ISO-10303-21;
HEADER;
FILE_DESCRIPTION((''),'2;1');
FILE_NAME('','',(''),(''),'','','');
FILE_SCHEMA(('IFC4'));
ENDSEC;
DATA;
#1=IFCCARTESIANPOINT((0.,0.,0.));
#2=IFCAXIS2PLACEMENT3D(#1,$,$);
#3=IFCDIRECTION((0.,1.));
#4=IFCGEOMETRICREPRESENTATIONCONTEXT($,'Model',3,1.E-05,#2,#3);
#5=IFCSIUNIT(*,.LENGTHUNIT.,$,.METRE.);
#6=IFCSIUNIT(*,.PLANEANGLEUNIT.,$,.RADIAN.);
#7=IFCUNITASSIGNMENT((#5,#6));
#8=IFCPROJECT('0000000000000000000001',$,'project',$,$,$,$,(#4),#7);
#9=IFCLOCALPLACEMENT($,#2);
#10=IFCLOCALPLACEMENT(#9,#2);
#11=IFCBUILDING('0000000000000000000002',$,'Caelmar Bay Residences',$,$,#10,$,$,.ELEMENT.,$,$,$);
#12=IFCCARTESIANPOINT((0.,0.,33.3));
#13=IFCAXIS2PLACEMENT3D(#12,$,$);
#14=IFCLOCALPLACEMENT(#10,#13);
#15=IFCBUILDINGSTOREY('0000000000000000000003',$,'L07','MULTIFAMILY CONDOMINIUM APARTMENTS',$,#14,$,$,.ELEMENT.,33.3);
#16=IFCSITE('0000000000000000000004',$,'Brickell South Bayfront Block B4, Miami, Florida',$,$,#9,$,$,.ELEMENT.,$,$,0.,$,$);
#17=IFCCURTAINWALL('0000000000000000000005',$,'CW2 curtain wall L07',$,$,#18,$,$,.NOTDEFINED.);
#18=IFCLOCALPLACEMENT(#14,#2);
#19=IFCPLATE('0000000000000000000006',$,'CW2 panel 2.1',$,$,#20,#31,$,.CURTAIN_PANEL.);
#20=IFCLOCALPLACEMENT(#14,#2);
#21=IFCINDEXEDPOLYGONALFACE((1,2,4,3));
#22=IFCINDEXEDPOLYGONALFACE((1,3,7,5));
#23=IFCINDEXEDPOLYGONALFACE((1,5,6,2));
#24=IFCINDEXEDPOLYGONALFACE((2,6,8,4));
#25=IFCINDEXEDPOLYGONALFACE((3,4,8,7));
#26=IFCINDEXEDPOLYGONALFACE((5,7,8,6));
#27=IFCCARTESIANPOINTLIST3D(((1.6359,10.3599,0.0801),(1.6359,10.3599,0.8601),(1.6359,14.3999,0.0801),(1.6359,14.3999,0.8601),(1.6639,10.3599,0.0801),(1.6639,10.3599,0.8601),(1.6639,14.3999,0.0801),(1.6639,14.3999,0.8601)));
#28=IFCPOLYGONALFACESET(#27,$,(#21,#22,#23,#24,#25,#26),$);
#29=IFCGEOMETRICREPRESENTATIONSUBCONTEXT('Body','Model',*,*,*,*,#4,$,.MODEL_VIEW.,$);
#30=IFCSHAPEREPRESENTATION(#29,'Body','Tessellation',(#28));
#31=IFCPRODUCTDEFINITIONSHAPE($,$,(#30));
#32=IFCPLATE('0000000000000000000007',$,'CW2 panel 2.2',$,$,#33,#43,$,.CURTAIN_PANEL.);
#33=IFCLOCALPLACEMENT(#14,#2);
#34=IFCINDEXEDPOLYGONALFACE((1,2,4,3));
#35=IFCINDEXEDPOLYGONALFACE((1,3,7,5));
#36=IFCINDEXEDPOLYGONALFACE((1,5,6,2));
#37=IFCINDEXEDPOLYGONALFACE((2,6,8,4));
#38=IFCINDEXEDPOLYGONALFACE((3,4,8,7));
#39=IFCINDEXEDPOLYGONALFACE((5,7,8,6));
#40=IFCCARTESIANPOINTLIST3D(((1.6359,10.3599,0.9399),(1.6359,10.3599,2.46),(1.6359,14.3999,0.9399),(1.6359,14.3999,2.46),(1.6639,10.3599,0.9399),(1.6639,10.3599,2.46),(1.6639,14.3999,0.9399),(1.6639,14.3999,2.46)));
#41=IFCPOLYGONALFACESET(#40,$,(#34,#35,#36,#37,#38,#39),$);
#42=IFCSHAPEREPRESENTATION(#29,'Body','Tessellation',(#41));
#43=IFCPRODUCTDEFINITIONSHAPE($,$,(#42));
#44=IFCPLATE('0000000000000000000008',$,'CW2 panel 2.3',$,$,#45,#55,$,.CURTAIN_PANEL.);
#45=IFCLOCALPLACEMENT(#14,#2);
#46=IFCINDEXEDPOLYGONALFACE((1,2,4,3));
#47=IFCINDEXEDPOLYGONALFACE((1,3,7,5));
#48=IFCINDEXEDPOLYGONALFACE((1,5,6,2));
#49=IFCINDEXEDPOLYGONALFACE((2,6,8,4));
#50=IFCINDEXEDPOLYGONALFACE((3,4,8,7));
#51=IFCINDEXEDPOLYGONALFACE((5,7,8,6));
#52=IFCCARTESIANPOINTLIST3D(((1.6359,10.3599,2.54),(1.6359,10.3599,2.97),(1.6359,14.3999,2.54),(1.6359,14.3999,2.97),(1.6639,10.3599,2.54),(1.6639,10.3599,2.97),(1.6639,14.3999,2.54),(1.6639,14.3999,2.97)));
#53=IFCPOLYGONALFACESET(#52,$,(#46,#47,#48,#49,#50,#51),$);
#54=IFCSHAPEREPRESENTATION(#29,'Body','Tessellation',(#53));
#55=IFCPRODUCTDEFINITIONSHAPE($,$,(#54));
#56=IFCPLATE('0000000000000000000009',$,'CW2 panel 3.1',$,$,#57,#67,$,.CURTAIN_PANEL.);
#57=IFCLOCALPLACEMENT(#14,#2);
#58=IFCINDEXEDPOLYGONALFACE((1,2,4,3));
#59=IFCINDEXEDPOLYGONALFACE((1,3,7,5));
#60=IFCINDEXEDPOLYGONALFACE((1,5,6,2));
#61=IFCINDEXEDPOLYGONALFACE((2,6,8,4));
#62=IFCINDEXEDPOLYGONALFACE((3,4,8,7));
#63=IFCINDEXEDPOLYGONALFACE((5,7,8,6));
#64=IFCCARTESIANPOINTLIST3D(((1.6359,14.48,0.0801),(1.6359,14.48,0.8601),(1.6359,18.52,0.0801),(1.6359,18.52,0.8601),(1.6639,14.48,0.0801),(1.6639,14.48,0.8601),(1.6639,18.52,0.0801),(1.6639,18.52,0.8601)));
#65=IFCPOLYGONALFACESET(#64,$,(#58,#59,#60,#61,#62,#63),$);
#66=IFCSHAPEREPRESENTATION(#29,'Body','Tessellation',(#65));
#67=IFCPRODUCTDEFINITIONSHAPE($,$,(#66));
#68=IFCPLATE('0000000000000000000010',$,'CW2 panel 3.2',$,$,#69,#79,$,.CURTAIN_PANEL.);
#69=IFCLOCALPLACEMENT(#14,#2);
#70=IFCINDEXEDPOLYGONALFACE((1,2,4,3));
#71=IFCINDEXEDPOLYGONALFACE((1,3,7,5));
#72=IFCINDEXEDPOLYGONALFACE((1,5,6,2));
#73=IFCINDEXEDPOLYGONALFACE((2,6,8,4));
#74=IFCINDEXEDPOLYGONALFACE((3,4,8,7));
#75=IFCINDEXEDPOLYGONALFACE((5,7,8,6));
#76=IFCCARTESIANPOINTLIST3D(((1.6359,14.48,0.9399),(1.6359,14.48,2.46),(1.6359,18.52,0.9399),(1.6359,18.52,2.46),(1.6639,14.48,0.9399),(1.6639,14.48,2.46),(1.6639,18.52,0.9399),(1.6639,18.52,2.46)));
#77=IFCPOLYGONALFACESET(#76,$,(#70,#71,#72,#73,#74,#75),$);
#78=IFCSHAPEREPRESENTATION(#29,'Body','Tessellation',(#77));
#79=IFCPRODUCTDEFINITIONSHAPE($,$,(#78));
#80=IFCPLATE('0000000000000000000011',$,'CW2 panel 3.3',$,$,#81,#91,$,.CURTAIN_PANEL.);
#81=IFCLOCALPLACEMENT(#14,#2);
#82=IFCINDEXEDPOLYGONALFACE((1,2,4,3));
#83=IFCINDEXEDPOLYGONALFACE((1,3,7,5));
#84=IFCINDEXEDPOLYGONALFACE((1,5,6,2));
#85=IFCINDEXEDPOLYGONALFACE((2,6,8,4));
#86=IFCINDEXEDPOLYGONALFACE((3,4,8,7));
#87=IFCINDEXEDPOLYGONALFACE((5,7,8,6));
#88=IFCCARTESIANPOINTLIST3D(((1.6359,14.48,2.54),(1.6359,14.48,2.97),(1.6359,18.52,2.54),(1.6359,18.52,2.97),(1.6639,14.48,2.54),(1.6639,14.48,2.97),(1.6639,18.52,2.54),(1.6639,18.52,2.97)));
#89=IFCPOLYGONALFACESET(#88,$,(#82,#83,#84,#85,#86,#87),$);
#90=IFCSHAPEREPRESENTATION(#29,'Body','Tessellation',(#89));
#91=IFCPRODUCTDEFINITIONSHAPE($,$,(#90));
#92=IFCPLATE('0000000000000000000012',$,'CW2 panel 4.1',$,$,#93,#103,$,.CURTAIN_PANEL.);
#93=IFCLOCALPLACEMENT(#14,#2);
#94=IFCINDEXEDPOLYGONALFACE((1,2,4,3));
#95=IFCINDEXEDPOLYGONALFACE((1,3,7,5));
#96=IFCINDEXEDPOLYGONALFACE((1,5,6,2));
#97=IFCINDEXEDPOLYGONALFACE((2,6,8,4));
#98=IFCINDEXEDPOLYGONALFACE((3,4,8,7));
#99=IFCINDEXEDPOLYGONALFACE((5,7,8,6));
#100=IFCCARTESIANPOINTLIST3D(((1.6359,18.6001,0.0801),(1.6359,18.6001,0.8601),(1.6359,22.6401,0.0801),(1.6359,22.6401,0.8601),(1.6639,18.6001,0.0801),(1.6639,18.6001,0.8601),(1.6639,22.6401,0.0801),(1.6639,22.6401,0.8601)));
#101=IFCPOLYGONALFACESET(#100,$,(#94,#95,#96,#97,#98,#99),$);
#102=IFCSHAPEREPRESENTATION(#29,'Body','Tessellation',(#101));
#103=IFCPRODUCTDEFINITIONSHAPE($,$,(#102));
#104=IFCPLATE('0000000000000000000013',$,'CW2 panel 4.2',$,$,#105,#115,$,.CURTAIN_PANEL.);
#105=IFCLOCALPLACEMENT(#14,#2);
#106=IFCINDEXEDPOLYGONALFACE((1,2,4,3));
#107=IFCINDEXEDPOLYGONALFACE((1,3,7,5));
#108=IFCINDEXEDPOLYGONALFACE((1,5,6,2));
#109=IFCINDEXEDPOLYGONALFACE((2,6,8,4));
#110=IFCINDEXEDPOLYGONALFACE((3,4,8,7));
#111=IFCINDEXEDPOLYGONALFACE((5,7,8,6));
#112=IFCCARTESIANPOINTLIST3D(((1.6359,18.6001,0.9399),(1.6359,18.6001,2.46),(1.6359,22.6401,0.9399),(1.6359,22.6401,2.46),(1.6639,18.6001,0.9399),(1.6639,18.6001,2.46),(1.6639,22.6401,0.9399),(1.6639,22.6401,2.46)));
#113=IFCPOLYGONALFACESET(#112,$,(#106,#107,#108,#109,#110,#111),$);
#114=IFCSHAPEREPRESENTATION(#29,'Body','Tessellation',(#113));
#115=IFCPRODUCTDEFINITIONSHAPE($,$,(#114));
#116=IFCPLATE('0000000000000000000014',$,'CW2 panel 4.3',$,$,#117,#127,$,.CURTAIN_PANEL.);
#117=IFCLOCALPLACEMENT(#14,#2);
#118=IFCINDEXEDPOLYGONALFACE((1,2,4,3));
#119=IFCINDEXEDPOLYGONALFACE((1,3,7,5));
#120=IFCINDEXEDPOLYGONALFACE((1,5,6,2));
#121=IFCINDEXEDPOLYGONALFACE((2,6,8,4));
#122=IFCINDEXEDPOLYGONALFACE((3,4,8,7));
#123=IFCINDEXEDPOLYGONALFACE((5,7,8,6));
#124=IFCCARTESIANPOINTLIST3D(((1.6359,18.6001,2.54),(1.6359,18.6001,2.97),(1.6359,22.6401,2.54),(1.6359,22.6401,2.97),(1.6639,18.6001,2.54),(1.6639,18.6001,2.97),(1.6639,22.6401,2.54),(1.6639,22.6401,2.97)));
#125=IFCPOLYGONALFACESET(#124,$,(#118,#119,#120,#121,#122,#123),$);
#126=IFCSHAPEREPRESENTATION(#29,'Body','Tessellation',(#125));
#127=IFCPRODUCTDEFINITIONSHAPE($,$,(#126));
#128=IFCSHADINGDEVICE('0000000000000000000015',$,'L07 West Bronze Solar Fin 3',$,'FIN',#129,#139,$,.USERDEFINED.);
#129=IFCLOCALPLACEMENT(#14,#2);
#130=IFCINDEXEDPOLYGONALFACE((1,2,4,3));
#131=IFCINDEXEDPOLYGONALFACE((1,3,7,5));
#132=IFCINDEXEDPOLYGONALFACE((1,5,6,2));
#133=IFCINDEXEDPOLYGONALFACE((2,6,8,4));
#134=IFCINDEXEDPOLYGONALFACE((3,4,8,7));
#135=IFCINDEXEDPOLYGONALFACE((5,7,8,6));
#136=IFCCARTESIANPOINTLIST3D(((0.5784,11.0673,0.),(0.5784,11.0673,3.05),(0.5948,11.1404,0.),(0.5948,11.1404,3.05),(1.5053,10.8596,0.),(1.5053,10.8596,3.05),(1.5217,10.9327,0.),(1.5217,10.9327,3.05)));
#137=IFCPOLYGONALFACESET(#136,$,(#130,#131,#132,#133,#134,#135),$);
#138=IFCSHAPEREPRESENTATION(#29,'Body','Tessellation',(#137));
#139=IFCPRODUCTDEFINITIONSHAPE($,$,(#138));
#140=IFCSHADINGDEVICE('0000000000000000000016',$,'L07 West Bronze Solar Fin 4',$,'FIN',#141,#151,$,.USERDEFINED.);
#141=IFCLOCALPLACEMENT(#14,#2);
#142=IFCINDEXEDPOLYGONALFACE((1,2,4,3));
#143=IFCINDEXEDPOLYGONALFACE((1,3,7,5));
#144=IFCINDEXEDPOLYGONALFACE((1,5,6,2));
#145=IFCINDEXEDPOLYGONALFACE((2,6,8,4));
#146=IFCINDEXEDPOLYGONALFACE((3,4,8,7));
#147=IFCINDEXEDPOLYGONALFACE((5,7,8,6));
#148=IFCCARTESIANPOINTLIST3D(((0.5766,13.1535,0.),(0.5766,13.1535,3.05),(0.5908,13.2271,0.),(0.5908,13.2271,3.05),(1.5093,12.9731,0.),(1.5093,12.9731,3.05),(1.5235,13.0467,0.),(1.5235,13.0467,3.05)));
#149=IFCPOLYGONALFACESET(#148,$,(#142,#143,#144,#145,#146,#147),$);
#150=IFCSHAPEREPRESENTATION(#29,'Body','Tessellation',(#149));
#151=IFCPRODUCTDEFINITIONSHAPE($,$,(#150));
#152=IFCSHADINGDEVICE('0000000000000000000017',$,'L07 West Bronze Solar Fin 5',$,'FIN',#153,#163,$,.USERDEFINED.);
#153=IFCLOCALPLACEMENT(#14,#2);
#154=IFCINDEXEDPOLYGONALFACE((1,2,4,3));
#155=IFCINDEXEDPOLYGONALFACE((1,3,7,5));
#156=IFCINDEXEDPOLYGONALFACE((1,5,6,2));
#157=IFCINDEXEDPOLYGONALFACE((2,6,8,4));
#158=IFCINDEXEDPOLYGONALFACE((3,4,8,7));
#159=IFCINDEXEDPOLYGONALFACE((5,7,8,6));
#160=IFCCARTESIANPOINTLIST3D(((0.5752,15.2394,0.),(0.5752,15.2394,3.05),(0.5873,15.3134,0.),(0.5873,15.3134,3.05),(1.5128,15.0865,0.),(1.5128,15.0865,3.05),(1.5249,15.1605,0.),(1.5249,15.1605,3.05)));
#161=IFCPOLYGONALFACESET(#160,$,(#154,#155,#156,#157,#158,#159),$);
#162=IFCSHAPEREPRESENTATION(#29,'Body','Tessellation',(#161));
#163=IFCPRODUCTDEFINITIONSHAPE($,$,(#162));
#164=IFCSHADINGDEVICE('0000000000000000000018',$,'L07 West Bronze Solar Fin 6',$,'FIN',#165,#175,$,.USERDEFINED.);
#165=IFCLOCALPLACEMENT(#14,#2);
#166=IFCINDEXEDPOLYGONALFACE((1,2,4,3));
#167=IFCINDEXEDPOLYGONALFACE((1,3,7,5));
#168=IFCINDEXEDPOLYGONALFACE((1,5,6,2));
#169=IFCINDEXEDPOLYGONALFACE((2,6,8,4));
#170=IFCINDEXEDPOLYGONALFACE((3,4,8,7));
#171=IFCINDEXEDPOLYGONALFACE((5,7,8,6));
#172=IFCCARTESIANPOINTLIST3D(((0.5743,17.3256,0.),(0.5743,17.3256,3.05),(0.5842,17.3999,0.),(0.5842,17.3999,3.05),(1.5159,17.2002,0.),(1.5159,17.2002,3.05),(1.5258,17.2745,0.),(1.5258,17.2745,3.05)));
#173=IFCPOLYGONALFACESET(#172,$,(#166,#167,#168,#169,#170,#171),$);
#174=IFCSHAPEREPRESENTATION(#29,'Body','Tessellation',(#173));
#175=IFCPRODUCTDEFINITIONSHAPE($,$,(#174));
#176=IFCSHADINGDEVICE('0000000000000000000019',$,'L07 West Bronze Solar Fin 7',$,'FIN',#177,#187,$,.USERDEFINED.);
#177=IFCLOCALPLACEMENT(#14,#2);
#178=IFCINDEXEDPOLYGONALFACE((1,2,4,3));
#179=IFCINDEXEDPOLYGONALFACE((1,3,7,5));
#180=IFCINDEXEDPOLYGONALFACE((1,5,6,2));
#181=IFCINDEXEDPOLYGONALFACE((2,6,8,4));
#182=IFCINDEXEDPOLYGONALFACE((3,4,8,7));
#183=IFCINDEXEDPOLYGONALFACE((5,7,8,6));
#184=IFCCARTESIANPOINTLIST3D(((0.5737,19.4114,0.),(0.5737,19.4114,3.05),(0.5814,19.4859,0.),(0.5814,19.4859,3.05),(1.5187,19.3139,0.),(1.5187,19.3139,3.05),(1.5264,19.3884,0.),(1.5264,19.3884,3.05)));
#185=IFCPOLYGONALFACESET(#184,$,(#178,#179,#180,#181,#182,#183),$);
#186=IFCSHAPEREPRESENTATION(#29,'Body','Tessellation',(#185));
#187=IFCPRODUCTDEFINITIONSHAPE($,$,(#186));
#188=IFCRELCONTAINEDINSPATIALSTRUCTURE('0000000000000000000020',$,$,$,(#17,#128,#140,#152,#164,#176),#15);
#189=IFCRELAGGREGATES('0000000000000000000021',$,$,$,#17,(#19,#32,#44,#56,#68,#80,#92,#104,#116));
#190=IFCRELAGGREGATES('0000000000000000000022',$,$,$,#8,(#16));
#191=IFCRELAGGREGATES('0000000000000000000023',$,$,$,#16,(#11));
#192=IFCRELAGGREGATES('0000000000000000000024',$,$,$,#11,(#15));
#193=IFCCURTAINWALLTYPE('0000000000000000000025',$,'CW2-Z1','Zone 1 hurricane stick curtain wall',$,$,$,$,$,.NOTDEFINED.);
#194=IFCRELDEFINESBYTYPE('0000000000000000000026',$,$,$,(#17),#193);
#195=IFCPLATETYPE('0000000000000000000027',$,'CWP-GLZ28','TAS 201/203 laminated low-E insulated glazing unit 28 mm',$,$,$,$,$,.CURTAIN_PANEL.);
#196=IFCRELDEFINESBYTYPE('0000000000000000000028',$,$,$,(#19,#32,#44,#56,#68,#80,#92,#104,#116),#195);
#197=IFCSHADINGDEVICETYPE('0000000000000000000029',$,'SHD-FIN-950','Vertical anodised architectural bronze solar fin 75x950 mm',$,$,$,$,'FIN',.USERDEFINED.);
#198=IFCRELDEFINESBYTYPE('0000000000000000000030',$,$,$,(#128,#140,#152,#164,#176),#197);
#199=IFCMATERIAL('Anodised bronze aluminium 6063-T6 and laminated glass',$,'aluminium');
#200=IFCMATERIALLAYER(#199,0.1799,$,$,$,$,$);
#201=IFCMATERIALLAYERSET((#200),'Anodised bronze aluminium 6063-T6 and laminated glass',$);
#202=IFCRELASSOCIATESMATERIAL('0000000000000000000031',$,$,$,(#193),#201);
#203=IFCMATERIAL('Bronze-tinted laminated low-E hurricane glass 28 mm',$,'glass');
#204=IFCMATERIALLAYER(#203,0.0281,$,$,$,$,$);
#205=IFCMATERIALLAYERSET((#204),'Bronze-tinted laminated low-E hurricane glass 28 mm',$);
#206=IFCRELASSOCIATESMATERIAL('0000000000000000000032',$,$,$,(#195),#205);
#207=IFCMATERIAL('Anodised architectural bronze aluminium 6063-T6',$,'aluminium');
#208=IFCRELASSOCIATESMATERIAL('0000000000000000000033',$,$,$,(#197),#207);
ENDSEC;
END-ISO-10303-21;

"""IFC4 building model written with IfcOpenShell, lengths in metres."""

from ifc_helpers import new_model, si_unit, direction, frame, origin, origin_2d, place, context, subcontext, project, spatial, rectangle, extrude, material, layer, layer_set, material_profile, profile_set, type_object, element, aggregate, save


model = new_model("IFC4")

# Units and contexts
model_context = context("Model", 3, precision=1e-05, world=origin(), true_north=direction((0.0, 1.0)))
body_context = subcontext(model_context, "Body", "Model", "MODEL_VIEW")
ifc_project = project(units=[si_unit("LENGTHUNIT", "METRE"), si_unit("PLANEANGLEUNIT", "RADIAN")], contexts=[model_context])

# Site, building, storey
site_placement = place(None, origin())
site = spatial("IfcSite", under=ifc_project, at=site_placement, Name="Brickell South Bayfront Block B4, Miami, Florida", CompositionType="ELEMENT", RefElevation=0.0)
building_placement = place(site_placement, origin())
building = spatial("IfcBuilding", under=site, at=building_placement, Name="Caelmar Bay Residences", CompositionType="ELEMENT")
storey_placement = place(building_placement, frame((0.0, 0.0, 33.3)))
storey = spatial("IfcBuildingStorey", under=building, at=storey_placement, Name="L07", Description="MULTIFAMILY CONDOMINIUM APARTMENTS", CompositionType="ELEMENT", Elevation=33.3)

# Curtain wall, plates
ifc_material_1 = material(Name="Anodised bronze aluminium 6063-T6 and laminated glass", Category="aluminium")
ifc_layer_1 = layer(ifc_material_1, 0.1799)
ifc_layer_set_1 = layer_set([ifc_layer_1], Name="Anodised bronze aluminium 6063-T6 and laminated glass")
curtain_wall_type = type_object("IfcCurtainWallType", Name="CW2-Z1", Description="Zone 1 hurricane stick curtain wall", PredefinedType="NOTDEFINED", material=ifc_layer_set_1)
curtain_wall_placement = place(storey_placement, origin())
curtain_wall = element("IfcCurtainWall", 1, at=curtain_wall_placement, inside=storey, type_object=curtain_wall_type, Name="CW2 curtain wall L07", PredefinedType="NOTDEFINED")
ifc_material_2 = material(Name="Bronze-tinted laminated low-E hurricane glass 28 mm", Category="glass")
ifc_layer_2 = layer(ifc_material_2, 0.0281)
ifc_layer_set_2 = layer_set([ifc_layer_2], Name="Bronze-tinted laminated low-E hurricane glass 28 mm")
plate_type = type_object("IfcPlateType", Name="CWP-GLZ28", Description="TAS 201/203 laminated low-E insulated glazing unit 28 mm", PredefinedType="CURTAIN_PANEL", material=ifc_layer_set_2)
plate_1_placement = place(storey_placement, frame((1.6499, 12.3799, 0.0801), z_axis=(0.0, 0.0, 1.0), x_axis=(0.0, 1.0, 0.0)))
plate_1 = element("IfcPlate", 2, at=plate_1_placement, type_object=plate_type, Name="CW2 panel 2.1", PredefinedType="CURTAIN_PANEL", context=body_context, shape_type="SweptSolid", body=[
    extrude(rectangle(XDim=4.04, YDim=0.0281, at=origin_2d()), origin(), (0.0, 0.0, 1.0), 0.78),
])
plate_2_placement = place(storey_placement, frame((1.6499, 12.3799, 0.9399), z_axis=(0.0, 0.0, 1.0), x_axis=(0.0, 1.0, 0.0)))
plate_2 = element("IfcPlate", 3, at=plate_2_placement, type_object=plate_type, Name="CW2 panel 2.2", PredefinedType="CURTAIN_PANEL", context=body_context, shape_type="SweptSolid", body=[
    extrude(rectangle(XDim=4.04, YDim=0.0281, at=origin_2d()), origin(), (0.0, 0.0, 1.0), 1.52),
])
plate_3_placement = place(storey_placement, frame((1.6499, 12.3799, 2.54), z_axis=(0.0, 0.0, 1.0), x_axis=(0.0, 1.0, 0.0)))
plate_3 = element("IfcPlate", 4, at=plate_3_placement, type_object=plate_type, Name="CW2 panel 2.3", PredefinedType="CURTAIN_PANEL", context=body_context, shape_type="SweptSolid", body=[
    extrude(rectangle(XDim=4.04, YDim=0.0281, at=origin_2d()), origin(), (0.0, 0.0, 1.0), 0.4299),
])
plate_4_placement = place(storey_placement, frame((1.6499, 16.5, 0.0801), z_axis=(0.0, 0.0, 1.0), x_axis=(0.0, 1.0, 0.0)))
plate_4 = element("IfcPlate", 5, at=plate_4_placement, type_object=plate_type, Name="CW2 panel 3.1", PredefinedType="CURTAIN_PANEL", context=body_context, shape_type="SweptSolid", body=[
    extrude(rectangle(XDim=4.04, YDim=0.0281, at=origin_2d()), origin(), (0.0, 0.0, 1.0), 0.78),
])
plate_5_placement = place(storey_placement, frame((1.6499, 16.5, 0.9399), z_axis=(0.0, 0.0, 1.0), x_axis=(0.0, 1.0, 0.0)))
plate_5 = element("IfcPlate", 6, at=plate_5_placement, type_object=plate_type, Name="CW2 panel 3.2", PredefinedType="CURTAIN_PANEL", context=body_context, shape_type="SweptSolid", body=[
    extrude(rectangle(XDim=4.04, YDim=0.0281, at=origin_2d()), origin(), (0.0, 0.0, 1.0), 1.52),
])
plate_6_placement = place(storey_placement, frame((1.6499, 16.5, 2.54), z_axis=(0.0, 0.0, 1.0), x_axis=(0.0, 1.0, 0.0)))
plate_6 = element("IfcPlate", 7, at=plate_6_placement, type_object=plate_type, Name="CW2 panel 3.3", PredefinedType="CURTAIN_PANEL", context=body_context, shape_type="SweptSolid", body=[
    extrude(rectangle(XDim=4.04, YDim=0.0281, at=origin_2d()), origin(), (0.0, 0.0, 1.0), 0.4299),
])
plate_7_placement = place(storey_placement, frame((1.6499, 20.6201, 0.0801), z_axis=(0.0, 0.0, 1.0), x_axis=(0.0, 1.0, 0.0)))
plate_7 = element("IfcPlate", 8, at=plate_7_placement, type_object=plate_type, Name="CW2 panel 4.1", PredefinedType="CURTAIN_PANEL", context=body_context, shape_type="SweptSolid", body=[
    extrude(rectangle(XDim=4.04, YDim=0.0281, at=origin_2d()), origin(), (0.0, 0.0, 1.0), 0.78),
])
plate_8_placement = place(storey_placement, frame((1.6499, 20.6201, 0.9399), z_axis=(0.0, 0.0, 1.0), x_axis=(0.0, 1.0, 0.0)))
plate_8 = element("IfcPlate", 9, at=plate_8_placement, type_object=plate_type, Name="CW2 panel 4.2", PredefinedType="CURTAIN_PANEL", context=body_context, shape_type="SweptSolid", body=[
    extrude(rectangle(XDim=4.04, YDim=0.0281, at=origin_2d()), origin(), (0.0, 0.0, 1.0), 1.52),
])
plate_9_placement = place(storey_placement, frame((1.6499, 20.6201, 2.54), z_axis=(0.0, 0.0, 1.0), x_axis=(0.0, 1.0, 0.0)))
plate_9 = element("IfcPlate", 10, at=plate_9_placement, type_object=plate_type, Name="CW2 panel 4.3", PredefinedType="CURTAIN_PANEL", context=body_context, shape_type="SweptSolid", body=[
    extrude(rectangle(XDim=4.04, YDim=0.0281, at=origin_2d()), origin(), (0.0, 0.0, 1.0), 0.4299),
])
aggregate(curtain_wall, [plate_1, plate_2, plate_3, plate_4, plate_5, plate_6, plate_7, plate_8, plate_9])

# Shading devices
ifc_material_3 = material(Name="Anodised architectural bronze aluminium 6063-T6", Category="aluminium")
ifc_material_profile_1 = material_profile(ifc_material_3, rectangle(XDim=0.075, YDim=0.95, at=origin_2d()), Name="BRONZE-FIN-75X950")
ifc_profile_set_1 = profile_set([ifc_material_profile_1], Name="Anodised architectural bronze aluminium 6063-T6")
shading_device_type = type_object("IfcShadingDeviceType", Name="SHD-FIN-950", Description="Vertical anodised architectural bronze solar fin 75x950 mm", ElementType="FIN", PredefinedType="USERDEFINED", material=ifc_profile_set_1)
for number, where, z_axis, x_axis, name in (
    (11, (1.05, 11.0, 0.0), (0.0, 0.0, 1.0), (0.218654, 0.975802, 0.0), "L07 West Bronze Solar Fin 3"),
    (12, (1.05, 13.1001, 0.0), (0.0, 0.0, 1.0), (0.189952, 0.981793, 0.0), "L07 West Bronze Solar Fin 4"),
    (13, (1.05, 15.2, 0.0), (0.0, 0.0, 1.0), (0.160915, 0.986968, 0.0), "L07 West Bronze Solar Fin 5"),
    (14, (1.05, 17.3, 0.0), (0.0, 0.0, 1.0), (0.13191, 0.991262, 0.0), "L07 West Bronze Solar Fin 6"),
    (15, (1.05, 19.3999, 0.0), (0.0, 0.0, 1.0), (0.102619, 0.994721, 0.0), "L07 West Bronze Solar Fin 7"),
):
    element("IfcShadingDevice", number, at=place(storey_placement, frame(where, z_axis=z_axis, x_axis=x_axis)), inside=storey, type_object=shading_device_type, Name=name, ObjectType="FIN", PredefinedType="USERDEFINED", context=body_context, shape_type="SweptSolid", body=[
        extrude(rectangle(XDim=0.075, YDim=0.95, at=origin_2d()), origin(), (0.0, 0.0, 1.0), 3.05),
    ])

save(model, "model.ifc")
